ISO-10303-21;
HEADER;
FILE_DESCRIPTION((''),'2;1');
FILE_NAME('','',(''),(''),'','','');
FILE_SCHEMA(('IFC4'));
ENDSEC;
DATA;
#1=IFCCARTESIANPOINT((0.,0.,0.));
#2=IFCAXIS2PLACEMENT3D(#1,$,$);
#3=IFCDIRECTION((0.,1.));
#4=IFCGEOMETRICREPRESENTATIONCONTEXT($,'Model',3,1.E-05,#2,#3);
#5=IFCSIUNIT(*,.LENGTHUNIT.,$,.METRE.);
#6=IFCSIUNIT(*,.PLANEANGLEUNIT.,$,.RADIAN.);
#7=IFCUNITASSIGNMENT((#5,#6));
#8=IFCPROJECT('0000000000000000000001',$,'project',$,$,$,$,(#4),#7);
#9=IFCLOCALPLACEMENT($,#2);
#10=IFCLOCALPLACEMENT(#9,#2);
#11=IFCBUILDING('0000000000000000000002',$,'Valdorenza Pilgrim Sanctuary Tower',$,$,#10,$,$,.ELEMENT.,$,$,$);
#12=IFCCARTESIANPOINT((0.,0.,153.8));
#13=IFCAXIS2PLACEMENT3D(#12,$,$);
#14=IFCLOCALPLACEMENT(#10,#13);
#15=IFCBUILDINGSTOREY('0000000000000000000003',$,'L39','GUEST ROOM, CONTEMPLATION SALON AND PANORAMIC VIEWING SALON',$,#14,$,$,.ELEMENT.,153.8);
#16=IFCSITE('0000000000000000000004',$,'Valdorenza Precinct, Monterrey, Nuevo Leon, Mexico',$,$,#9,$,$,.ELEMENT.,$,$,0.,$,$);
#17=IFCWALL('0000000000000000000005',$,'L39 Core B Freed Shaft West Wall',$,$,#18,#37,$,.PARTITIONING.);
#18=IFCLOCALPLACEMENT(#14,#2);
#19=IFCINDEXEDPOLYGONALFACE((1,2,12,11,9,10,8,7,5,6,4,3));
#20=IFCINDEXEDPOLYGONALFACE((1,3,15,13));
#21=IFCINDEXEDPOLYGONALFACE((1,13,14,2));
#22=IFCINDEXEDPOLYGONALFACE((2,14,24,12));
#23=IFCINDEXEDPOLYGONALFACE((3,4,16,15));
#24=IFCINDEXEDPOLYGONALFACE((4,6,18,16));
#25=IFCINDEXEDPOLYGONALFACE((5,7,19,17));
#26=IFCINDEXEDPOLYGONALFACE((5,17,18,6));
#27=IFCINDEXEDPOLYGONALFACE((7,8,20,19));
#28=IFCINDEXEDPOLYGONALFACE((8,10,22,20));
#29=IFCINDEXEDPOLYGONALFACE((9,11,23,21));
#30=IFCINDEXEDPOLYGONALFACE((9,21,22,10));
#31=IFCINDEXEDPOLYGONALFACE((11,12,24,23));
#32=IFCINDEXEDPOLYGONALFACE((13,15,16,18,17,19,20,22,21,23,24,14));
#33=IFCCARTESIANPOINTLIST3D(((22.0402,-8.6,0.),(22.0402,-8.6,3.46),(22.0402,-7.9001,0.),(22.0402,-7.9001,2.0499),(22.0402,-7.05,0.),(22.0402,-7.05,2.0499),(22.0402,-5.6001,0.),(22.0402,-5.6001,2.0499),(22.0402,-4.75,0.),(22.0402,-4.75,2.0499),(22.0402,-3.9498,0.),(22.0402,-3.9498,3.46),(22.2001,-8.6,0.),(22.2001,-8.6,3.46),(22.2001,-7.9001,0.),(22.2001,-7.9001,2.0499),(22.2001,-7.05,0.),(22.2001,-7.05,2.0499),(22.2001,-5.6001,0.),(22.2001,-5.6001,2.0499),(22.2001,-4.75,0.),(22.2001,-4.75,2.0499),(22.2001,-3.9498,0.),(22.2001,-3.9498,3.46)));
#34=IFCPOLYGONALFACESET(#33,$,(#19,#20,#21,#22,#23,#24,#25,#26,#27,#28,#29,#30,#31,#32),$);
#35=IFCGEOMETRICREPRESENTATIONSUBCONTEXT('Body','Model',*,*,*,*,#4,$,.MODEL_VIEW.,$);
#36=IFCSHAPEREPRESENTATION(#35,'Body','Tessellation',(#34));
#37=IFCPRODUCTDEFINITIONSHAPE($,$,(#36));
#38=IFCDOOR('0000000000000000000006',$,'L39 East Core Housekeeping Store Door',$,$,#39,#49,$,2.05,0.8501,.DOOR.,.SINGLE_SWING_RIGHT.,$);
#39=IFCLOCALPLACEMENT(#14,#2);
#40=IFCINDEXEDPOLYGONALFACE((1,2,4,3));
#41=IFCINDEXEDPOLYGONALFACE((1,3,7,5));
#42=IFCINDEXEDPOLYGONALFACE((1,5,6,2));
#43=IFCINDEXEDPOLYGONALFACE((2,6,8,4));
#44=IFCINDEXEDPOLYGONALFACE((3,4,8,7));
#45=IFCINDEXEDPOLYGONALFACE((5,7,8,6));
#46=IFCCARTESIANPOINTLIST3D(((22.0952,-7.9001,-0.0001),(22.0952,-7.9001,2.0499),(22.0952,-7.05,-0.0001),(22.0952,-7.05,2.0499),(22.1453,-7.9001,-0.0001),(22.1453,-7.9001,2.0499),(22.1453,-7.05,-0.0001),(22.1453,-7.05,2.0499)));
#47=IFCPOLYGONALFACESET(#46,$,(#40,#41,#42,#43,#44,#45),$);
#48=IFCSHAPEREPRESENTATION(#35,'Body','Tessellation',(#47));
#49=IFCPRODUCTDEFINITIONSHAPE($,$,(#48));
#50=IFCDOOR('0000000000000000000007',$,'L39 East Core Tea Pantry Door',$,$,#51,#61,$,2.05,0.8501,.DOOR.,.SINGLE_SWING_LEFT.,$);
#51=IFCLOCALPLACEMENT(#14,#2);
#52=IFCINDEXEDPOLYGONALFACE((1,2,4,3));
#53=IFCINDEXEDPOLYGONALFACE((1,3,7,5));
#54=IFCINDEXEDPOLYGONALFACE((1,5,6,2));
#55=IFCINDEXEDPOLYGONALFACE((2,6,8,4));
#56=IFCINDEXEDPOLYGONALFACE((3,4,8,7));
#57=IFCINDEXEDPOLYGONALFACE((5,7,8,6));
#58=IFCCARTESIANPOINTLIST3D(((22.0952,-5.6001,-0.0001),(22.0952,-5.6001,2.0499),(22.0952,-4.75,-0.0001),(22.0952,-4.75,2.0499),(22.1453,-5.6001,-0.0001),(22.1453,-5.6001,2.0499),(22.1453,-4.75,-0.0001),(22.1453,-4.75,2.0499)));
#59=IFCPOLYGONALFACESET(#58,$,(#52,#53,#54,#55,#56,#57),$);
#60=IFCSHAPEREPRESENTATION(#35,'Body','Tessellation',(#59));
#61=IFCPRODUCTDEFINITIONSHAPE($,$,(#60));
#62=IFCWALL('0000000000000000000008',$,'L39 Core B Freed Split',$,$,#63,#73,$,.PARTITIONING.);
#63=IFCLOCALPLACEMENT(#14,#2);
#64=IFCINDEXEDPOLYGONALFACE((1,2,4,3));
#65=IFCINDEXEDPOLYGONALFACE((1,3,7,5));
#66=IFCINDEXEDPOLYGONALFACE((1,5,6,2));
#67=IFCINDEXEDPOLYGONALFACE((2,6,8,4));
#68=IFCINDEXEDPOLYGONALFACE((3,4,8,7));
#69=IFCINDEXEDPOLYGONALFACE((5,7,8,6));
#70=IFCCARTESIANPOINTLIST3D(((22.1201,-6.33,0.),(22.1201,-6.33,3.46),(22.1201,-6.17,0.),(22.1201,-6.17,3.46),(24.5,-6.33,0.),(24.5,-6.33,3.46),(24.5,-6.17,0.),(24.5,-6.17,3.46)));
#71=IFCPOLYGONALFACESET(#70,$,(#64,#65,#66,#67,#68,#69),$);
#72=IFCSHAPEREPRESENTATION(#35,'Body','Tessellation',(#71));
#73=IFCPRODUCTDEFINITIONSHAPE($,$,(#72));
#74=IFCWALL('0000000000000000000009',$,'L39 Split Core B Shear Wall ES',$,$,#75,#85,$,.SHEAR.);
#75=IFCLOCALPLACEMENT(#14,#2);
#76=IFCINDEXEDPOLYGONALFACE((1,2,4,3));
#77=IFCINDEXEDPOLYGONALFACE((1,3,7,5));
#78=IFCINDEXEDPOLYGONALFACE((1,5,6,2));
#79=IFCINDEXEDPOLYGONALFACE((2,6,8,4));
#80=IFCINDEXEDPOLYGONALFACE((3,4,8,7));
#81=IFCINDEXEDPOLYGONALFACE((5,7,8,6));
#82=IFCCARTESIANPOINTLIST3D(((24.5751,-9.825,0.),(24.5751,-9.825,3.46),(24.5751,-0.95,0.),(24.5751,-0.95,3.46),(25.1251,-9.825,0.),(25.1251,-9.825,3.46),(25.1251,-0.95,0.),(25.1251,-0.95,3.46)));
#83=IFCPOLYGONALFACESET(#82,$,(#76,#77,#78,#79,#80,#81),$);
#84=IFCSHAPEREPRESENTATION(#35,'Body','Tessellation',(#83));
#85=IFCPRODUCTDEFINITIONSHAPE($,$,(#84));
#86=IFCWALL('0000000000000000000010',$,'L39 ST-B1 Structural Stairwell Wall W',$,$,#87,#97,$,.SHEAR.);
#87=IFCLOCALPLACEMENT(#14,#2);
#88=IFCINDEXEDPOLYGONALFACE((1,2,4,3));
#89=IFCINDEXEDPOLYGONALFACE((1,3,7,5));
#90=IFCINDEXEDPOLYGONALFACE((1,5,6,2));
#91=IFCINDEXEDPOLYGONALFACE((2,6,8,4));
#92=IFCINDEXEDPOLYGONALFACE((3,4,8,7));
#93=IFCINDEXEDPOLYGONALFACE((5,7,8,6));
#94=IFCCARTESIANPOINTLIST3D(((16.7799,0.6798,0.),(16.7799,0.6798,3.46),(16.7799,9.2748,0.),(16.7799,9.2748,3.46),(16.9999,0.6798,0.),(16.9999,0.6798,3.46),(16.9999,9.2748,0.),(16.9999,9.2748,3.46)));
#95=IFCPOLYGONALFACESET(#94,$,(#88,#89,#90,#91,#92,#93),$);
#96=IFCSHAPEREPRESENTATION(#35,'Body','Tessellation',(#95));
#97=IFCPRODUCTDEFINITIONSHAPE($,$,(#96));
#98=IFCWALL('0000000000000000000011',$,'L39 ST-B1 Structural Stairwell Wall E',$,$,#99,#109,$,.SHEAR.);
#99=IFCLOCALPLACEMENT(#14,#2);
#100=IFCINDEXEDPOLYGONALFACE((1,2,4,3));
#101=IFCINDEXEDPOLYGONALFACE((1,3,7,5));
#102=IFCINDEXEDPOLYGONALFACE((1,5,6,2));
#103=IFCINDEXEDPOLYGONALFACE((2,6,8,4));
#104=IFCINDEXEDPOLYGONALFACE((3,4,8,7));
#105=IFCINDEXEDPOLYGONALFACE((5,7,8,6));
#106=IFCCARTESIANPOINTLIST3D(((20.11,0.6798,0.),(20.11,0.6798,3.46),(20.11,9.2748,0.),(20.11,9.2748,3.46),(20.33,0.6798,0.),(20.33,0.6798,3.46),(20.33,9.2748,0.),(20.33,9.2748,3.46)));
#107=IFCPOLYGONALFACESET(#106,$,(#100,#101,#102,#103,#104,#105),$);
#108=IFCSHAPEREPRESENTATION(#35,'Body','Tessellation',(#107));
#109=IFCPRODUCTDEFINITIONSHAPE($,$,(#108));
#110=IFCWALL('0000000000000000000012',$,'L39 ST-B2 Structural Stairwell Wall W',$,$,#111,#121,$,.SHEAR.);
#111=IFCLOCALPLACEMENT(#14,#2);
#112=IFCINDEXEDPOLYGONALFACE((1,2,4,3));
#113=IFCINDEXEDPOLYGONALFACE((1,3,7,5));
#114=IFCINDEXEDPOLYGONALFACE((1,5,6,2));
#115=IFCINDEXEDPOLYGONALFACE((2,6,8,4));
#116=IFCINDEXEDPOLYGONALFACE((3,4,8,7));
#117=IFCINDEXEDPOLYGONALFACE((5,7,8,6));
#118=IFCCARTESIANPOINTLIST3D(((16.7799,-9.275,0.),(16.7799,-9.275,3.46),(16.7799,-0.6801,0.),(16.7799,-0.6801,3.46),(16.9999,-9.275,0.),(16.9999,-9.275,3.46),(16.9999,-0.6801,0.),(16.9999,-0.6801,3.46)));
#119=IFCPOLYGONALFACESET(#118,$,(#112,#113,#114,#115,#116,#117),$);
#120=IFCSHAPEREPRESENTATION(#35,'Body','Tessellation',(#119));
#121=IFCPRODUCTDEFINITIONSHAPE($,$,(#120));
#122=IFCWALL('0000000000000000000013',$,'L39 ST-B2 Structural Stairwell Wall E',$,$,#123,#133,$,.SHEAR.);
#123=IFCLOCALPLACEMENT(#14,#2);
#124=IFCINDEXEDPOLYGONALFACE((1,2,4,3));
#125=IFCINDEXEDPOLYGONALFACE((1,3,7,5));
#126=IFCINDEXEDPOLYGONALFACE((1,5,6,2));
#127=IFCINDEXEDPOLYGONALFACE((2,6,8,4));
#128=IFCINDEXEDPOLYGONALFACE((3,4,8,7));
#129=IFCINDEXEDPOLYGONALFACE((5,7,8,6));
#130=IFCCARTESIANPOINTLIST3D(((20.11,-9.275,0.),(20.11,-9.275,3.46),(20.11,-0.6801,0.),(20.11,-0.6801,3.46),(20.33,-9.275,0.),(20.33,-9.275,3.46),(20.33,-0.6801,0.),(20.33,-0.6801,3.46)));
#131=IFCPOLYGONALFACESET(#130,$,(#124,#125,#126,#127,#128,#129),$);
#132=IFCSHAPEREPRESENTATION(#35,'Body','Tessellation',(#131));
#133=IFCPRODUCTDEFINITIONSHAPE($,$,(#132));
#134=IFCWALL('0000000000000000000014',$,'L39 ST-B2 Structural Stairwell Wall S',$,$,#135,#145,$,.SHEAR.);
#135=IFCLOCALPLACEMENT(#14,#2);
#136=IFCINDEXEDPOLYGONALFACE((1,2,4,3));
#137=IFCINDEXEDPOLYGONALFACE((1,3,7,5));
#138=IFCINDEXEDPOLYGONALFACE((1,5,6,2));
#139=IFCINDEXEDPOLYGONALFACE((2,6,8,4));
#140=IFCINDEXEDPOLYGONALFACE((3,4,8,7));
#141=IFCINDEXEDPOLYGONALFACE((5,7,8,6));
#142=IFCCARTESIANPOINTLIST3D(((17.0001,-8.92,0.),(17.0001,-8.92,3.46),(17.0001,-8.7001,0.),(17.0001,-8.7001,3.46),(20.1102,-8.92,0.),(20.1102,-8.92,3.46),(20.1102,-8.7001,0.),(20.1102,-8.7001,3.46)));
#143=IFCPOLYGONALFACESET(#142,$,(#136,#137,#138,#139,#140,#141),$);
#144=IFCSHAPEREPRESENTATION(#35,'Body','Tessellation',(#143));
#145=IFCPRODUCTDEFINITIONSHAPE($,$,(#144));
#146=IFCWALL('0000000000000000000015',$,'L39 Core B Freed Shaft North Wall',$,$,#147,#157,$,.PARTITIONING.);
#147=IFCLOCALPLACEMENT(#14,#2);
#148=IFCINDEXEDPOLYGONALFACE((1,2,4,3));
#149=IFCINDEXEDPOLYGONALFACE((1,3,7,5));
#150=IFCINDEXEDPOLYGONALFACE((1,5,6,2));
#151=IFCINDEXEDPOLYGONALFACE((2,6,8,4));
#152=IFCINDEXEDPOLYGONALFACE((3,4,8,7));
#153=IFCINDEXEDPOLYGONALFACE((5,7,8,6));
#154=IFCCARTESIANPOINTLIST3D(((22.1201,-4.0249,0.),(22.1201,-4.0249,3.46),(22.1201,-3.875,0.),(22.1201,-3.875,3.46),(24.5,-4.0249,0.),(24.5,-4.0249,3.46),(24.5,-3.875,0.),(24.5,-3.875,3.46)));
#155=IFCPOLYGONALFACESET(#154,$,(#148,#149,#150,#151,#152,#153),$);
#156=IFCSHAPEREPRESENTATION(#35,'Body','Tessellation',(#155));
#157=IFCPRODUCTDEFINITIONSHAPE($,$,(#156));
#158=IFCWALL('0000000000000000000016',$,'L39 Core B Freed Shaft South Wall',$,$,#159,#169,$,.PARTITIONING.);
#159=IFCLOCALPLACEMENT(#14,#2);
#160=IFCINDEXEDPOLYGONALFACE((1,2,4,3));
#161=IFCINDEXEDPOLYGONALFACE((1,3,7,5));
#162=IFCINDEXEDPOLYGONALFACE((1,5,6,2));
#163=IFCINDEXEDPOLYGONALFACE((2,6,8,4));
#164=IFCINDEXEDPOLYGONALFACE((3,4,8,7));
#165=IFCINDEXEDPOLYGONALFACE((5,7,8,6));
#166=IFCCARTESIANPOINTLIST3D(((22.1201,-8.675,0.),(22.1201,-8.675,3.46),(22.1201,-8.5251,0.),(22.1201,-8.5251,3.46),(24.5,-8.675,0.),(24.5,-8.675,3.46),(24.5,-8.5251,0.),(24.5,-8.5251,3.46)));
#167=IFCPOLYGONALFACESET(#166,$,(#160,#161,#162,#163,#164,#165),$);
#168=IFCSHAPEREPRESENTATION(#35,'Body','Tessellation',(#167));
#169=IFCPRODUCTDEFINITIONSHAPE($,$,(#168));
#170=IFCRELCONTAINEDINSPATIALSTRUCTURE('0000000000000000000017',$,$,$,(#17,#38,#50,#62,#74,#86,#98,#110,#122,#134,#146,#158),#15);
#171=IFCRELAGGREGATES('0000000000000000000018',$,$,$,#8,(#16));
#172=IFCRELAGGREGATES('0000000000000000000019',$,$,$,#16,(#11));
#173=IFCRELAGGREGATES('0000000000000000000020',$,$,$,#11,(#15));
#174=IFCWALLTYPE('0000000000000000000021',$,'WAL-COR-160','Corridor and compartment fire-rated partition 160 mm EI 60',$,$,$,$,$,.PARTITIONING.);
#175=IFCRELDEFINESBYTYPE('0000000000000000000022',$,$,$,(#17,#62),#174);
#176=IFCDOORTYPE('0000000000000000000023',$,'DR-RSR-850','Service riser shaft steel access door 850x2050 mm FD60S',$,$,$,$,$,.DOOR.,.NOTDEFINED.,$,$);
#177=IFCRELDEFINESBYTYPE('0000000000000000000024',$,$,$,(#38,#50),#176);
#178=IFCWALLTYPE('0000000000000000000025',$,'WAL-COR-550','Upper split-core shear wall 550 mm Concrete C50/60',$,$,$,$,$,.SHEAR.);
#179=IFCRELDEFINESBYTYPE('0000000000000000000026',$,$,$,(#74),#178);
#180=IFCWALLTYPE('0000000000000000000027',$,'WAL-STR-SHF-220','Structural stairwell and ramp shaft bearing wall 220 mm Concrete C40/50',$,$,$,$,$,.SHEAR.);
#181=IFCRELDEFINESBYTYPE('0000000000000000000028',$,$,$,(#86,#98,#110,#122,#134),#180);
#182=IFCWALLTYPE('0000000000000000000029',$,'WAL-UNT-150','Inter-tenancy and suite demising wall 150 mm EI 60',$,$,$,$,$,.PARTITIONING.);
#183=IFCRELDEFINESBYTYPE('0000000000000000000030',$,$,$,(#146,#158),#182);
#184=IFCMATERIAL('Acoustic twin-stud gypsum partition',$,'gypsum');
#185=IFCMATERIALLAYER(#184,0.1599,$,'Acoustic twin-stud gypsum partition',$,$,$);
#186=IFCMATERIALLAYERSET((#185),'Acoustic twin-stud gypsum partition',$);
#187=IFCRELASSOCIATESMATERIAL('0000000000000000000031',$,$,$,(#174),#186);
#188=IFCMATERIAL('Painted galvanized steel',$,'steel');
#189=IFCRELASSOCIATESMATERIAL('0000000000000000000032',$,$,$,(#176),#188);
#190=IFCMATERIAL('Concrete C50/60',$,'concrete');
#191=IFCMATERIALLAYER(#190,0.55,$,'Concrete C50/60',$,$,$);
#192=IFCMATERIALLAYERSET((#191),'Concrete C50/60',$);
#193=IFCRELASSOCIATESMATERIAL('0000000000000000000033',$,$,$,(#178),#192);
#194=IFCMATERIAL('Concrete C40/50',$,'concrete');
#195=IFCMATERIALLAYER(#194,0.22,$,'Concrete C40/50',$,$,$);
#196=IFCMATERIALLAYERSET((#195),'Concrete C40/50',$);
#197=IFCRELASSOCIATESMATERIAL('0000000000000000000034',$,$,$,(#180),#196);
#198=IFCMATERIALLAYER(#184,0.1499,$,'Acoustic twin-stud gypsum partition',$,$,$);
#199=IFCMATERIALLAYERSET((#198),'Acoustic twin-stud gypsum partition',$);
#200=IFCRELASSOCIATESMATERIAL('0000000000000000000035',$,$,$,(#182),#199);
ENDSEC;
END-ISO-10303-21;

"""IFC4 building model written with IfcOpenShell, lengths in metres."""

from ifc_helpers import new_model, si_unit, direction, frame, frame_2d, origin, place, context, subcontext, project, spatial, rectangle, extrude, material, layer, layer_set, type_object, element, fill, save


model = new_model("IFC4")

# Units and contexts
model_context = context("Model", 3, precision=1e-05, world=origin(), true_north=direction((0.0, 1.0)))
body_context = subcontext(model_context, "Body", "Model", "MODEL_VIEW")
ifc_project = project(units=[si_unit("LENGTHUNIT", "METRE"), si_unit("PLANEANGLEUNIT", "RADIAN")], contexts=[model_context])

# Site, building, storey
site_placement = place(None, origin())
site = spatial("IfcSite", under=ifc_project, at=site_placement, Name="Valdorenza Precinct, Monterrey, Nuevo Leon, Mexico", CompositionType="ELEMENT", RefElevation=0.0)
building_placement = place(site_placement, origin())
building = spatial("IfcBuilding", under=site, at=building_placement, Name="Valdorenza Pilgrim Sanctuary Tower", CompositionType="ELEMENT")
storey_placement = place(building_placement, frame((0.0, 0.0, 153.8)))
storey = spatial("IfcBuildingStorey", under=building, at=storey_placement, Name="L39", Description="GUEST ROOM, CONTEMPLATION SALON AND PANORAMIC VIEWING SALON", CompositionType="ELEMENT", Elevation=153.8)

# Shared definitions
ifc_material_1 = material(Name="Acoustic twin-stud gypsum partition", Category="gypsum")
ifc_layer_1 = layer(ifc_material_1, 0.1599, Name="Acoustic twin-stud gypsum partition")
ifc_layer_set_1 = layer_set([ifc_layer_1], Name="Acoustic twin-stud gypsum partition")
wall_type_1 = type_object("IfcWallType", Name="WAL-COR-160", Description="Corridor and compartment fire-rated partition 160 mm EI 60", PredefinedType="PARTITIONING", material=ifc_layer_set_1)

# Wall, openings, doors
wall_1_placement = place(storey_placement, frame((22.1201, -8.6001, 0.0), z_axis=(0.0, 0.0, 1.0), x_axis=(0.0, 1.0, 0.0)))
wall_1 = element("IfcWall", 1, at=wall_1_placement, inside=storey, type_object=wall_type_1, Name="L39 Core B Freed Shaft West Wall", PredefinedType="PARTITIONING", context=body_context, shape_type="SweptSolid", body=[
    extrude(rectangle(XDim=4.6501, YDim=0.1599, at=frame_2d((2.3252, 0.0))), origin(), (0.0, 0.0, 1.0), 3.46),
])
opening_1_placement = place(wall_1_placement, frame((0.7, 0.0, 0.0)))
opening_1 = element("IfcOpeningElement", 2, at=opening_1_placement, cuts=wall_1, PredefinedType="OPENING", context=body_context, shape_type="SweptSolid", body=[
    extrude(rectangle(XDim=0.8501, YDim=2.05, at=frame_2d((0.425, 1.0249))), frame((0.0, 0.0947, 0.0), z_axis=(0.0, -1.0, 0.0), x_axis=(1.0, 0.0, 0.0)), (0.0, 0.0, 1.0), 0.1897),
])
opening_2_placement = place(wall_1_placement, frame((3.0, 0.0, 0.0)))
opening_2 = element("IfcOpeningElement", 3, at=opening_2_placement, cuts=wall_1, PredefinedType="OPENING", context=body_context, shape_type="SweptSolid", body=[
    extrude(rectangle(XDim=0.8501, YDim=2.05, at=frame_2d((0.425, 1.0249))), frame((0.0, 0.0947, 0.0), z_axis=(0.0, -1.0, 0.0), x_axis=(1.0, 0.0, 0.0)), (0.0, 0.0, 1.0), 0.1897),
])
ifc_material_2 = material(Name="Painted galvanized steel", Category="steel")
door_type_1 = type_object("IfcDoorType", Name="DR-RSR-850", Description="Service riser shaft steel access door 850x2050 mm FD60S", OperationType="NOTDEFINED", PredefinedType="DOOR", material=ifc_material_2)
door_1_placement = place(opening_1_placement, origin())
door_1 = element("IfcDoor", 4, at=door_1_placement, inside=storey, type_object=door_type_1, Name="L39 East Core Housekeeping Store Door", OperationType="SINGLE_SWING_RIGHT", OverallHeight=2.05, OverallWidth=0.8501, PredefinedType="DOOR", context=body_context, shape_type="SweptSolid", body=[
    extrude(rectangle(XDim=0.8501, YDim=2.05, at=frame_2d((0.425, 1.0249))), frame((0.0, 0.0249, 0.0), z_axis=(0.0, -1.0, 0.0), x_axis=(1.0, 0.0, 0.0)), (0.0, 0.0, 1.0), 0.05),
])
fill(opening_1, door_1)
door_2_placement = place(opening_2_placement, origin())
door_2 = element("IfcDoor", 5, at=door_2_placement, inside=storey, type_object=door_type_1, Name="L39 East Core Tea Pantry Door", OperationType="SINGLE_SWING_LEFT", OverallHeight=2.05, OverallWidth=0.8501, PredefinedType="DOOR", context=body_context, shape_type="SweptSolid", body=[
    extrude(rectangle(XDim=0.8501, YDim=2.05, at=frame_2d((0.425, 1.0249))), frame((0.0, 0.0249, 0.0), z_axis=(0.0, -1.0, 0.0), x_axis=(1.0, 0.0, 0.0)), (0.0, 0.0, 1.0), 0.05),
])
fill(opening_2, door_2)

# Walls
wall_2_placement = place(storey_placement, frame((22.1201, -6.25, 0.0), z_axis=(0.0, 0.0, 1.0), x_axis=(1.0, 0.0, 0.0)))
element("IfcWall", 6, at=wall_2_placement, inside=storey, type_object=wall_type_1, Name="L39 Core B Freed Split", PredefinedType="PARTITIONING", context=body_context, shape_type="SweptSolid", body=[
    extrude(rectangle(XDim=2.3799, YDim=0.1599, at=frame_2d((1.1899, 0.0))), origin(), (0.0, 0.0, 1.0), 3.46),
])
ifc_material_3 = material(Name="Concrete C50/60", Category="concrete")
ifc_layer_2 = layer(ifc_material_3, 0.55, Name="Concrete C50/60")
ifc_layer_set_2 = layer_set([ifc_layer_2], Name="Concrete C50/60")
wall_type_2 = type_object("IfcWallType", Name="WAL-COR-550", Description="Upper split-core shear wall 550 mm Concrete C50/60", PredefinedType="SHEAR", material=ifc_layer_set_2)
wall_3_placement = place(storey_placement, frame((24.8501, -9.825, 0.0), z_axis=(0.0, 0.0, 1.0), x_axis=(0.0, 1.0, 0.0)))
element("IfcWall", 7, at=wall_3_placement, inside=storey, type_object=wall_type_2, Name="L39 Split Core B Shear Wall ES", PredefinedType="SHEAR", context=body_context, shape_type="SweptSolid", body=[
    extrude(rectangle(XDim=8.875, YDim=0.55, at=frame_2d((4.4375, 0.0))), origin(), (0.0, 0.0, 1.0), 3.46),
])

# Walls
ifc_material_4 = material(Name="Concrete C40/50", Category="concrete")
ifc_layer_3 = layer(ifc_material_4, 0.22, Name="Concrete C40/50")
ifc_layer_set_3 = layer_set([ifc_layer_3], Name="Concrete C40/50")
wall_type_3 = type_object("IfcWallType", Name="WAL-STR-SHF-220", Description="Structural stairwell and ramp shaft bearing wall 220 mm Concrete C40/50", PredefinedType="SHEAR", material=ifc_layer_set_3)
for number, where, z_axis, x_axis, name in (
    (8, (16.8899, 0.6799, 0.0), (0.0, 0.0, 1.0), (0.0, 1.0, 0.0), "L39 ST-B1 Structural Stairwell Wall W"),
    (9, (20.22, 0.6799, 0.0), (0.0, 0.0, 1.0), (0.0, 1.0, 0.0), "L39 ST-B1 Structural Stairwell Wall E"),
):
    element("IfcWall", number, at=place(storey_placement, frame(where, z_axis=z_axis, x_axis=x_axis)), inside=storey, type_object=wall_type_3, Name=name, PredefinedType="SHEAR", context=body_context, shape_type="SweptSolid", body=[
        extrude(rectangle(XDim=8.595, YDim=0.22, at=frame_2d((4.2974, 0.0))), origin(), (0.0, 0.0, 1.0), 3.46),
    ])

# Walls
for number, where, z_axis, x_axis, name in (
    (10, (16.8899, -9.2749, 0.0), (0.0, 0.0, 1.0), (0.0, 1.0, 0.0), "L39 ST-B2 Structural Stairwell Wall W"),
    (11, (20.22, -9.2749, 0.0), (0.0, 0.0, 1.0), (0.0, 1.0, 0.0), "L39 ST-B2 Structural Stairwell Wall E"),
):
    element("IfcWall", number, at=place(storey_placement, frame(where, z_axis=z_axis, x_axis=x_axis)), inside=storey, type_object=wall_type_3, Name=name, PredefinedType="SHEAR", context=body_context, shape_type="SweptSolid", body=[
        extrude(rectangle(XDim=8.595, YDim=0.22, at=frame_2d((4.2974, 0.0))), origin(), (0.0, 0.0, 1.0), 3.46),
    ])
wall_4_placement = place(storey_placement, frame((17.0, -8.8101, 0.0), z_axis=(0.0, 0.0, 1.0), x_axis=(1.0, 0.0, 0.0)))
element("IfcWall", 12, at=wall_4_placement, inside=storey, type_object=wall_type_3, Name="L39 ST-B2 Structural Stairwell Wall S", PredefinedType="SHEAR", context=body_context, shape_type="SweptSolid", body=[
    extrude(rectangle(XDim=3.1101, YDim=0.22, at=frame_2d((1.5552, 0.0))), origin(), (0.0, 0.0, 1.0), 3.46),
])

# Walls
ifc_layer_4 = layer(ifc_material_1, 0.1499, Name="Acoustic twin-stud gypsum partition")
ifc_layer_set_4 = layer_set([ifc_layer_4], Name="Acoustic twin-stud gypsum partition")
wall_type_4 = type_object("IfcWallType", Name="WAL-UNT-150", Description="Inter-tenancy and suite demising wall 150 mm EI 60", PredefinedType="PARTITIONING", material=ifc_layer_set_4)
for number, where, z_axis, x_axis, name in (
    (13, (22.1201, -3.95, 0.0), (0.0, 0.0, 1.0), (1.0, 0.0, 0.0), "L39 Core B Freed Shaft North Wall"),
    (14, (22.1201, -8.6001, 0.0), (0.0, 0.0, 1.0), (1.0, 0.0, 0.0), "L39 Core B Freed Shaft South Wall"),
):
    element("IfcWall", number, at=place(storey_placement, frame(where, z_axis=z_axis, x_axis=x_axis)), inside=storey, type_object=wall_type_4, Name=name, PredefinedType="PARTITIONING", context=body_context, shape_type="SweptSolid", body=[
        extrude(rectangle(XDim=2.3799, YDim=0.1499, at=frame_2d((1.1899, 0.0))), origin(), (0.0, 0.0, 1.0), 3.46),
    ])

save(model, "model.ifc")
